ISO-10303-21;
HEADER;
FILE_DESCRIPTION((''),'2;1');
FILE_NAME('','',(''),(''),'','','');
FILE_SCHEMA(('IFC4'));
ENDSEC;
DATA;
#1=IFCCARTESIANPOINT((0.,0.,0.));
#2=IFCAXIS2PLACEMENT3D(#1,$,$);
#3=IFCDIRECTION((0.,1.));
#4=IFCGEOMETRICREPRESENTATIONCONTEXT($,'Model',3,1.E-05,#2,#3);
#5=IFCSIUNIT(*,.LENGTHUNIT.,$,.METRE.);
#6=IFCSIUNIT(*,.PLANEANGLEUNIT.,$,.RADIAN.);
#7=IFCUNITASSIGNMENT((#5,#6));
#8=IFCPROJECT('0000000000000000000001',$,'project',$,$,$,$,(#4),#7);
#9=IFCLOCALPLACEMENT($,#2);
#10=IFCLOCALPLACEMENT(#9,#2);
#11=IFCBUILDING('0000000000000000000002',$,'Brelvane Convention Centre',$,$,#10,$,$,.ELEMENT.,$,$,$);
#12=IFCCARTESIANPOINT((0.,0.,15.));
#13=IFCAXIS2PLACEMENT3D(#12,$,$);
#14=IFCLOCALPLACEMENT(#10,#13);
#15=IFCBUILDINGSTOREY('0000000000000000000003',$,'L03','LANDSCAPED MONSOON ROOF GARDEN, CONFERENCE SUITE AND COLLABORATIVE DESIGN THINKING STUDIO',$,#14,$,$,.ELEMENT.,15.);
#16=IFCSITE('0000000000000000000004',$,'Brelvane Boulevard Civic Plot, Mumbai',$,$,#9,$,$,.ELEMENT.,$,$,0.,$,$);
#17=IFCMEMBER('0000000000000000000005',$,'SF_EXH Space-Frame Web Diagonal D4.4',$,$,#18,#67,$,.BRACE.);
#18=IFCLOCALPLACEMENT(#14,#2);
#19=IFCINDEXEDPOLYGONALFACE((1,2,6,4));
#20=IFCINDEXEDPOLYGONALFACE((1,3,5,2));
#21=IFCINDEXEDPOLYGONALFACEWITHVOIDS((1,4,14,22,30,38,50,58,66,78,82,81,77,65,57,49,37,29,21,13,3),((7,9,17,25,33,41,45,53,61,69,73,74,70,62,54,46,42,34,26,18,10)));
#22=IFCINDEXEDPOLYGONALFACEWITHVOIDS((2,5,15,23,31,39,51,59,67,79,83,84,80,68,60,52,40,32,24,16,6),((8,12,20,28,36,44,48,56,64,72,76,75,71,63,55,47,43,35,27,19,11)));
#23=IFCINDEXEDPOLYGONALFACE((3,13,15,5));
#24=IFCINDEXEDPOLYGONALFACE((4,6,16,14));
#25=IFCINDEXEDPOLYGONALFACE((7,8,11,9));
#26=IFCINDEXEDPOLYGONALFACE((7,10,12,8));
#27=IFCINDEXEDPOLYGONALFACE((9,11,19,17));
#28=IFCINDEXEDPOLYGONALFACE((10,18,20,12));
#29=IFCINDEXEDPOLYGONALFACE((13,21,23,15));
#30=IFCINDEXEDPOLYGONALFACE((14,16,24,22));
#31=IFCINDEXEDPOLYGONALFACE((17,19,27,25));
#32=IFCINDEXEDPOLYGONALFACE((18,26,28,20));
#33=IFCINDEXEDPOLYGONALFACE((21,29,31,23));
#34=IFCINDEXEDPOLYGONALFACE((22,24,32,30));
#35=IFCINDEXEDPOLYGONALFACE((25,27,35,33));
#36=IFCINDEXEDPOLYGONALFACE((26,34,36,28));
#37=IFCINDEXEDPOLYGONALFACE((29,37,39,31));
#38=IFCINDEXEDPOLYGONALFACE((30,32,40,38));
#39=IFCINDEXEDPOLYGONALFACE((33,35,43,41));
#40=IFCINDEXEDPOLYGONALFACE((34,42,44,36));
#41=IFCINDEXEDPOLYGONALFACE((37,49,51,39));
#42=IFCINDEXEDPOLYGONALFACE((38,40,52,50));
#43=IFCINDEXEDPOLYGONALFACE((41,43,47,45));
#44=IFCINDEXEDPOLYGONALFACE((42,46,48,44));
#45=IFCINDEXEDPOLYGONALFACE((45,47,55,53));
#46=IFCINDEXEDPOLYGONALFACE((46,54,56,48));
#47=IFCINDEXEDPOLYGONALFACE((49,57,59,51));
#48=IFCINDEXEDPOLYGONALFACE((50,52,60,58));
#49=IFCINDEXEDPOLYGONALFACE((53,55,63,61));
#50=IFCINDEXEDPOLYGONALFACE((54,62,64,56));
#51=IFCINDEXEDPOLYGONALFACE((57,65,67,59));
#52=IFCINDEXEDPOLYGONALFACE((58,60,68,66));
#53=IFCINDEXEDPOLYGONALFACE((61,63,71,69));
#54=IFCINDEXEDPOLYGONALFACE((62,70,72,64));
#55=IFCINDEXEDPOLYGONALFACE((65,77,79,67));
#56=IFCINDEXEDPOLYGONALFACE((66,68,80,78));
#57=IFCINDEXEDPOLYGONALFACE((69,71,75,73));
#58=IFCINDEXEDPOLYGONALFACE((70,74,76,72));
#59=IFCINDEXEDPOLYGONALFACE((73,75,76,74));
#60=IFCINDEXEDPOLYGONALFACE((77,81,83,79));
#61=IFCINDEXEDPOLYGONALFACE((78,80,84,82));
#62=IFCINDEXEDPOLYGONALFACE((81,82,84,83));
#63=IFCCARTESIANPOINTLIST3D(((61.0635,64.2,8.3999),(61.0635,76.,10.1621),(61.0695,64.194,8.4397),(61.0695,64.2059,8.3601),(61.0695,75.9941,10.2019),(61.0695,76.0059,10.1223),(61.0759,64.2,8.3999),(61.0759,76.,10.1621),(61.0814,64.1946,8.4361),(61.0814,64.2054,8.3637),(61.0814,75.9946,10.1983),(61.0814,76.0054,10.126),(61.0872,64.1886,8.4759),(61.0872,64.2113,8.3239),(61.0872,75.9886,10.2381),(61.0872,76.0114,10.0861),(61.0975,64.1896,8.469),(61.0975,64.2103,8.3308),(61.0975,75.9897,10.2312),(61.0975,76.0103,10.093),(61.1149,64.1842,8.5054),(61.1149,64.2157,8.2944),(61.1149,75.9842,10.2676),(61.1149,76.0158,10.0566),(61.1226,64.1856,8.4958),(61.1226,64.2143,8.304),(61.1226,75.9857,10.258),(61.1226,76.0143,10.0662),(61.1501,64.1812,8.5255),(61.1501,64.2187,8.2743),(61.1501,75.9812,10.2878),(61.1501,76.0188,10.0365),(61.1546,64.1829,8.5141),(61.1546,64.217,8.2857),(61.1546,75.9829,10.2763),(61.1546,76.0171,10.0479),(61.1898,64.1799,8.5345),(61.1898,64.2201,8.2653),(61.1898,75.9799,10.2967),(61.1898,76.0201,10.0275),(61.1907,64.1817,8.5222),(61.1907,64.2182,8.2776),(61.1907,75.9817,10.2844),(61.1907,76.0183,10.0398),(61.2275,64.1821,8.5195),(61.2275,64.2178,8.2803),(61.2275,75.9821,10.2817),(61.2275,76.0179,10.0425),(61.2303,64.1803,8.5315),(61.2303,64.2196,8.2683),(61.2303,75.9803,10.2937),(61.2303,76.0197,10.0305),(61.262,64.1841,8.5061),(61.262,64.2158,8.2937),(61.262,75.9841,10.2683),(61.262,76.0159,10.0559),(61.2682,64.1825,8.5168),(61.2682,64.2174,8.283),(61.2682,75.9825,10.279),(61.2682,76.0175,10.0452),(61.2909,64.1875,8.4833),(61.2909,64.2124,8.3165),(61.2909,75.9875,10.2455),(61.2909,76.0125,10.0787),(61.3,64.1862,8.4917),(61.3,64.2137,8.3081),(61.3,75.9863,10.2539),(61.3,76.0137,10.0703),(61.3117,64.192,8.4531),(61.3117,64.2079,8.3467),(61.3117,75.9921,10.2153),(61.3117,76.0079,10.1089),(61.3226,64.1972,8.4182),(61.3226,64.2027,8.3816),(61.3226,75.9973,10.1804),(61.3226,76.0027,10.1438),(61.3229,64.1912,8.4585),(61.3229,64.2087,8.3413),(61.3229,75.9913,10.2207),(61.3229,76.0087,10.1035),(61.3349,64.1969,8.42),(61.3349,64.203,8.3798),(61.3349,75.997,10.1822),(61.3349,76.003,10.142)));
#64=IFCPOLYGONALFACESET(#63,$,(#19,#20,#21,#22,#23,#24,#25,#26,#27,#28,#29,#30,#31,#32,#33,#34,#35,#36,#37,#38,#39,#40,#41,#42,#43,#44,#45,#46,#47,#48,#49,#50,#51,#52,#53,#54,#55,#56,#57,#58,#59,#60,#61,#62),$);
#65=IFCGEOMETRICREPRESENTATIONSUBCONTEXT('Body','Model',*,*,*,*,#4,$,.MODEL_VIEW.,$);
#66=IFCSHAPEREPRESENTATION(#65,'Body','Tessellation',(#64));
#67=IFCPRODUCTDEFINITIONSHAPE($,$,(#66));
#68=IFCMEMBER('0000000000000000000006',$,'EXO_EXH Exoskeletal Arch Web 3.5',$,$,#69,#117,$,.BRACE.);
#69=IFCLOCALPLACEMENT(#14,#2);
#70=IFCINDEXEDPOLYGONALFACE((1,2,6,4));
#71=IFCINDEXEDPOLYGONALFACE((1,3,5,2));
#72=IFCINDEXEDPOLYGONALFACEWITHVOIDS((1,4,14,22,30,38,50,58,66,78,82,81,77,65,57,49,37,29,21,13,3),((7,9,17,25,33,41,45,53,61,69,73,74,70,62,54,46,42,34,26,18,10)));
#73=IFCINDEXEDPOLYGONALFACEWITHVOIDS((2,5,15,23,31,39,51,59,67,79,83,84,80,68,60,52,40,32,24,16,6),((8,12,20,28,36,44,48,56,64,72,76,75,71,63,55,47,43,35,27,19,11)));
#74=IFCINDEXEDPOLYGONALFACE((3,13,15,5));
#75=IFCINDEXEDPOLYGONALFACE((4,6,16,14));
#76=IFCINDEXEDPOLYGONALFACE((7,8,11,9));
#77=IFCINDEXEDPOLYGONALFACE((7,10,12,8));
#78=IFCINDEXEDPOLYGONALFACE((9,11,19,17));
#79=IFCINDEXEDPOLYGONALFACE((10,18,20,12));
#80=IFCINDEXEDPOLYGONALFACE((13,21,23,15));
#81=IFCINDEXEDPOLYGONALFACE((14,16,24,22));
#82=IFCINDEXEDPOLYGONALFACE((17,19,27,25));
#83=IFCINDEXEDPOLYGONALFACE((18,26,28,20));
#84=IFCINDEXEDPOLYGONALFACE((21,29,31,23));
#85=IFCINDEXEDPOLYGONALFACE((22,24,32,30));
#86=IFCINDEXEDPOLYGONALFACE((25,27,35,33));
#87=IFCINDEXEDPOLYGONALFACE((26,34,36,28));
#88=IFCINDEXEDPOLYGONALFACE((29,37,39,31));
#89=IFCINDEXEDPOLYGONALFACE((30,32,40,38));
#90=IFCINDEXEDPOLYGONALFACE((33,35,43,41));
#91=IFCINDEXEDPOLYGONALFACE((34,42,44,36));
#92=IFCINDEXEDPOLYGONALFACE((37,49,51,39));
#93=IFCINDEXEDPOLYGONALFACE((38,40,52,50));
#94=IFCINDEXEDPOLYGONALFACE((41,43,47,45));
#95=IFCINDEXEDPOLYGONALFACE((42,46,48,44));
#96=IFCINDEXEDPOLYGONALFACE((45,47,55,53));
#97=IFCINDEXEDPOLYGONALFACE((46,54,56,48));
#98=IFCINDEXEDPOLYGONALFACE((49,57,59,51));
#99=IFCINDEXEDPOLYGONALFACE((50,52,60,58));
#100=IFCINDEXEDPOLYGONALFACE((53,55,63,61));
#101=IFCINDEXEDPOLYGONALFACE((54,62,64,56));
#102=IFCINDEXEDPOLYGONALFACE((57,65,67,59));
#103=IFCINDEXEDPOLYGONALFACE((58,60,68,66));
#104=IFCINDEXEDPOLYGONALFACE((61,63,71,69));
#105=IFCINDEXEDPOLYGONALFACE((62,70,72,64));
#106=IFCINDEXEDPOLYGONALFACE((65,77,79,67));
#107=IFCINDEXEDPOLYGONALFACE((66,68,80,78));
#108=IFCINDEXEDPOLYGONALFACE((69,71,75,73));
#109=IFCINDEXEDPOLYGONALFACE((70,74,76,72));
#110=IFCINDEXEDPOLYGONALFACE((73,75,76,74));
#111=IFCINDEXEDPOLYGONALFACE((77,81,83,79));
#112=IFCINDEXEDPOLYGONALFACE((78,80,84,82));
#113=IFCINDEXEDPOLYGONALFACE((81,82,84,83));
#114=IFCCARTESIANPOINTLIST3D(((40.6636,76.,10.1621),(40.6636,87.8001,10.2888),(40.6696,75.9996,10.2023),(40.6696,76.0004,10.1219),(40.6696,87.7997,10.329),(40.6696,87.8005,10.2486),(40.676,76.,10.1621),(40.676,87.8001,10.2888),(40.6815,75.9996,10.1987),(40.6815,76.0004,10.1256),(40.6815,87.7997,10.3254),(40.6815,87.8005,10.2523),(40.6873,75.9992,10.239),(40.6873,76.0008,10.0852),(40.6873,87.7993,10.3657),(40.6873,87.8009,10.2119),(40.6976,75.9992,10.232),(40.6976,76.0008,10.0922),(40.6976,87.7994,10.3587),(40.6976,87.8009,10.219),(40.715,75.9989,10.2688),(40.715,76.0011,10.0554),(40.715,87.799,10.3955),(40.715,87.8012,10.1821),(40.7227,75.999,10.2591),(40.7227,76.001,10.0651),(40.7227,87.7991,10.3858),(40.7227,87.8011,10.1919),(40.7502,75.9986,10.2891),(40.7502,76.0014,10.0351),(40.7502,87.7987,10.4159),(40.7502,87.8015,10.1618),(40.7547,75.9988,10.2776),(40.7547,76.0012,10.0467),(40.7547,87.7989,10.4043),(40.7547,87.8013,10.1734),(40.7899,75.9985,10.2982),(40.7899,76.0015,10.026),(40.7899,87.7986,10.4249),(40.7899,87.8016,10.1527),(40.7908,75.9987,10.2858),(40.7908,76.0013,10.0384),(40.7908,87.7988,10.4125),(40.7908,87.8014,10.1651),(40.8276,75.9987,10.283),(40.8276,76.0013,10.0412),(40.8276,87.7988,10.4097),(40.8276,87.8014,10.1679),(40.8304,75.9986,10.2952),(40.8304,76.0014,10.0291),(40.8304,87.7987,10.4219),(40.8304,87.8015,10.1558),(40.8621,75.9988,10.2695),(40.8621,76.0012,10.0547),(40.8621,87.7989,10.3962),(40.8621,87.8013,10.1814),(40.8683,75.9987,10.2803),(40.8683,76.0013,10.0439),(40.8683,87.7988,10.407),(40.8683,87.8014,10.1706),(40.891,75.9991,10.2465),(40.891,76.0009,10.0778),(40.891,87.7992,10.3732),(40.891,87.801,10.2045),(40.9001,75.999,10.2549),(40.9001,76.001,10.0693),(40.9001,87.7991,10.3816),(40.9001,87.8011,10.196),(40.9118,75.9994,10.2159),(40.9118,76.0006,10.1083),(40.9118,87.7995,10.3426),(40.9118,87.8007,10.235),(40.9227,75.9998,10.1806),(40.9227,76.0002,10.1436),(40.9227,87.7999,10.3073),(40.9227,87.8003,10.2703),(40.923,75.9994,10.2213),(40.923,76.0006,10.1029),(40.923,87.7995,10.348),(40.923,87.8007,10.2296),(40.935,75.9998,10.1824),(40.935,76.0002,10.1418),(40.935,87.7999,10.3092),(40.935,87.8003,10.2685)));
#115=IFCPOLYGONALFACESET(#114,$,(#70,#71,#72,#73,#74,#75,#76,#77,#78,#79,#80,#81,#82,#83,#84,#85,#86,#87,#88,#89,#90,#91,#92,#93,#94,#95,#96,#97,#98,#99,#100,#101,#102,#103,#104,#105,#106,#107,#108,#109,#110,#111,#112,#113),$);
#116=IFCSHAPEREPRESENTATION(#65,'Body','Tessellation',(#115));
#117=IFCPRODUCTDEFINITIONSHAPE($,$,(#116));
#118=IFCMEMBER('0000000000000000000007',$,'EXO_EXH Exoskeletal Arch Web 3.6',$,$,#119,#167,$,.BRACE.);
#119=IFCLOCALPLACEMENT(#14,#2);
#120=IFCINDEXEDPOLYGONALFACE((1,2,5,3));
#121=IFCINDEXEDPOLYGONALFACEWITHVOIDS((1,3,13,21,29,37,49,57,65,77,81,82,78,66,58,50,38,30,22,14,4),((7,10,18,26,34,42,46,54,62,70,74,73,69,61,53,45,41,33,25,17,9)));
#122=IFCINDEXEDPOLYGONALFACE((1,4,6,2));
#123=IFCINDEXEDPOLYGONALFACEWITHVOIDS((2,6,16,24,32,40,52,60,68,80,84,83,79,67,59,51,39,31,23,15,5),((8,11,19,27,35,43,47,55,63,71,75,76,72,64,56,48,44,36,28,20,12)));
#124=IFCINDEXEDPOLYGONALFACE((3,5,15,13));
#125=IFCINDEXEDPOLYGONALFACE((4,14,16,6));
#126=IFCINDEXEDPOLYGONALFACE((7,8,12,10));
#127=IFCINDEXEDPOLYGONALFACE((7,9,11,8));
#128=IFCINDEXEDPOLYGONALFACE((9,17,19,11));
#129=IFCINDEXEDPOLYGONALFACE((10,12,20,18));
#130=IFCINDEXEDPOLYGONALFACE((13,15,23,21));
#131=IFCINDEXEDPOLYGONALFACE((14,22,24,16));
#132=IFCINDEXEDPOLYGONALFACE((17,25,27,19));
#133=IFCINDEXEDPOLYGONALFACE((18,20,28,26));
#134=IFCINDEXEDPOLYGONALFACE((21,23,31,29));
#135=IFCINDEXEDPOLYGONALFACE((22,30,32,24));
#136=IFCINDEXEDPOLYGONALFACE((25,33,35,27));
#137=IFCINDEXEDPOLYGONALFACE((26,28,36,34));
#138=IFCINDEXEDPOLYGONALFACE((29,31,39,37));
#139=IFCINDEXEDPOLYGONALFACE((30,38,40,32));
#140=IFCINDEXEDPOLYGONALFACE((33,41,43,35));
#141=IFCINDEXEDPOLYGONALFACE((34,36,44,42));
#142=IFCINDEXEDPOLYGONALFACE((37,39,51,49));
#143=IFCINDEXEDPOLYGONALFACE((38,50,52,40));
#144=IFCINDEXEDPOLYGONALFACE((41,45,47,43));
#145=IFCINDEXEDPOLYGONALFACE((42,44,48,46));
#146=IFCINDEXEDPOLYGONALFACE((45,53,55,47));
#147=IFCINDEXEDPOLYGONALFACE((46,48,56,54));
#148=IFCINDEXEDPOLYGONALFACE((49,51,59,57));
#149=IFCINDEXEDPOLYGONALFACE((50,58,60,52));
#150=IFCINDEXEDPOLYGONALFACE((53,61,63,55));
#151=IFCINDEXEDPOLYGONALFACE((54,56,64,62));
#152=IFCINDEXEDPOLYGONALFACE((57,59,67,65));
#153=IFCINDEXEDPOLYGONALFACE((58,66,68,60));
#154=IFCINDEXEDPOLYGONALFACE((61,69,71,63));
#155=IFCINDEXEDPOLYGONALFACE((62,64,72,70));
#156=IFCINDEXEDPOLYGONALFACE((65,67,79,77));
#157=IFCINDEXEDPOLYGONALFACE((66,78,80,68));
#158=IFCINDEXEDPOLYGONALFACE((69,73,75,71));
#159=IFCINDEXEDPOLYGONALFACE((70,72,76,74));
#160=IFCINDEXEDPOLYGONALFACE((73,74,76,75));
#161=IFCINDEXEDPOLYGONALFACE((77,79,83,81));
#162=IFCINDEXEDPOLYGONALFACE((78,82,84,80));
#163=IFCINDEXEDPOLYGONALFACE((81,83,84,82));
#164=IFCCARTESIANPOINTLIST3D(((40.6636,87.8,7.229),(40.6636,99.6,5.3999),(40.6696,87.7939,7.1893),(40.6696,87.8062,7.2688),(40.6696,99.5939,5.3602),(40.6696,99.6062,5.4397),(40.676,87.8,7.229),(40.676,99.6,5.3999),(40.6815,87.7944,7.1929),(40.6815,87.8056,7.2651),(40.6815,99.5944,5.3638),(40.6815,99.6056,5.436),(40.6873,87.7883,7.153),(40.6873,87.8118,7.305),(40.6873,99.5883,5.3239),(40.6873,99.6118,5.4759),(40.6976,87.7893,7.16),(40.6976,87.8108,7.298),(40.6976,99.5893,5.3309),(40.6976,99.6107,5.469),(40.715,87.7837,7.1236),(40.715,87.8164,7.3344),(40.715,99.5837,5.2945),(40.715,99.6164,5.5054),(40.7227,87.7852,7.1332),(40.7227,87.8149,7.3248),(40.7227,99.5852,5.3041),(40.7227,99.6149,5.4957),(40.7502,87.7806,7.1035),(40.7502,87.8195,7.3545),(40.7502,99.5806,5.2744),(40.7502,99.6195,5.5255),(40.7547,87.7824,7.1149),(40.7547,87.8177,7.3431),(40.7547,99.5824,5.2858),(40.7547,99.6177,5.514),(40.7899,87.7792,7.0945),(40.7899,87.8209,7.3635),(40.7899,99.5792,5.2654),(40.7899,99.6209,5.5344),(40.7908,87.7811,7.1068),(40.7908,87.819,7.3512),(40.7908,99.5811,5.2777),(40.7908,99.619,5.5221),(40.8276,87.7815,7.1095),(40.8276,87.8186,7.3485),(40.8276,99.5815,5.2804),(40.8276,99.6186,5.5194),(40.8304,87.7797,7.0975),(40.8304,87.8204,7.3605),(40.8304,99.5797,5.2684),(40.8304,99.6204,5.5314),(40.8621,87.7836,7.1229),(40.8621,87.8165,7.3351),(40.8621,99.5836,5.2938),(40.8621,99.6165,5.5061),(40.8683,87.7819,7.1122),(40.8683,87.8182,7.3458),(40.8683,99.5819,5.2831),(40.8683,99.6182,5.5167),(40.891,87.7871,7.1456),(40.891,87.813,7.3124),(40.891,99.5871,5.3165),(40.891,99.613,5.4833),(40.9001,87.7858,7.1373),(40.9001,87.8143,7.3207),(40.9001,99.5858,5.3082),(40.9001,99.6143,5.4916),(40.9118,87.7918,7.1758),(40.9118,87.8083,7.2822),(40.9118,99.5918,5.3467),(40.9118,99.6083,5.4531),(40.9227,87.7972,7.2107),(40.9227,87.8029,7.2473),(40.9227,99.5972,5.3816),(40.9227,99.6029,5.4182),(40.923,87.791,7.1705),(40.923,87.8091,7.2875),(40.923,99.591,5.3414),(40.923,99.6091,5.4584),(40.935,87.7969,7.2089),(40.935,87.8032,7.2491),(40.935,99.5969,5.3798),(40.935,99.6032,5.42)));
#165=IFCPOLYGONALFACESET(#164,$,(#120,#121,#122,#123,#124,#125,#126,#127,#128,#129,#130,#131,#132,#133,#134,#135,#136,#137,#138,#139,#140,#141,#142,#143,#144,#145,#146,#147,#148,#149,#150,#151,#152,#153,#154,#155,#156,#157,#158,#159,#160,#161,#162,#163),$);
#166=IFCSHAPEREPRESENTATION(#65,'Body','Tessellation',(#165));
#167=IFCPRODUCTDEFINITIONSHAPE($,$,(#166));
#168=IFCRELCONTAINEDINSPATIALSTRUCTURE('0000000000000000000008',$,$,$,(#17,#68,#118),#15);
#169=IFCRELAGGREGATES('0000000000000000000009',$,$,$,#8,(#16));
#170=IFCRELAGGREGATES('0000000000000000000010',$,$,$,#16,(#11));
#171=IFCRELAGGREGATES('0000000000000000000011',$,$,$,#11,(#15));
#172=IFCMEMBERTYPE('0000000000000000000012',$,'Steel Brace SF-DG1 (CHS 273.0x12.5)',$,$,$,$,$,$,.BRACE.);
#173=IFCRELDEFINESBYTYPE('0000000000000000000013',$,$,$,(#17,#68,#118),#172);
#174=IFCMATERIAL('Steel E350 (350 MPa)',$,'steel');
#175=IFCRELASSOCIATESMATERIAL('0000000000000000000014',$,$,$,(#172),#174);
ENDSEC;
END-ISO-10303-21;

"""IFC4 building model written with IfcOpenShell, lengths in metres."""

from ifc_helpers import new_model, si_unit, direction, frame, origin, origin_2d, place, context, subcontext, project, spatial, hollow_circle, extrude, material, material_profile, profile_set, type_object, element, save


model = new_model("IFC4")

# Units and contexts
model_context = context("Model", 3, precision=1e-05, world=origin(), true_north=direction((0.0, 1.0)))
body_context = subcontext(model_context, "Body", "Model", "MODEL_VIEW")
ifc_project = project(units=[si_unit("LENGTHUNIT", "METRE"), si_unit("PLANEANGLEUNIT", "RADIAN")], contexts=[model_context])

# Site, building, storey
site_placement = place(None, origin())
site = spatial("IfcSite", under=ifc_project, at=site_placement, Name="Brelvane Boulevard Civic Plot, Mumbai", CompositionType="ELEMENT", RefElevation=0.0)
building_placement = place(site_placement, origin())
building = spatial("IfcBuilding", under=site, at=building_placement, Name="Brelvane Convention Centre", CompositionType="ELEMENT")
storey_placement = place(building_placement, frame((0.0, 0.0, 15.0)))
storey = spatial("IfcBuildingStorey", under=building, at=storey_placement, Name="L03", Description="LANDSCAPED MONSOON ROOF GARDEN, CONFERENCE SUITE AND COLLABORATIVE DESIGN THINKING STUDIO", CompositionType="ELEMENT", Elevation=15.0)

# Members
ifc_material_1 = material(Name="Steel E350 (350 MPa)", Category="steel")
ifc_material_profile_1 = material_profile(ifc_material_1, hollow_circle(Radius=0.1365, WallThickness=0.0125, at=origin_2d()), Name="CHS 273.0x12.5")
ifc_profile_set_1 = profile_set([ifc_material_profile_1], Name="Steel E350 (350 MPa)")
member_type_1 = type_object("IfcMemberType", Name="Steel Brace SF-DG1 (CHS 273.0x12.5)", PredefinedType="BRACE", material=ifc_profile_set_1)
member_1_placement = place(storey_placement, frame((61.2, 64.2, 8.3999), z_axis=(0.0, 0.989032, 0.147701), x_axis=(-1.0, 0.0, 0.0)))
element("IfcMember", 1, at=member_1_placement, inside=storey, type_object=member_type_1, Name="SF_EXH Space-Frame Web Diagonal D4.4", PredefinedType="BRACE", context=body_context, shape_type="SweptSolid", body=[
    extrude(hollow_circle(Radius=0.1365, WallThickness=0.0125, at=origin_2d()), origin(), (0.0, 0.0, 1.0), 11.9309),
])
member_2_placement = place(storey_placement, frame((40.8, 76.0, 10.1621), z_axis=(0.0, 0.999942, 0.010737), x_axis=(-1.0, 0.0, 0.0)))
element("IfcMember", 2, at=member_2_placement, inside=storey, type_object=member_type_1, Name="EXO_EXH Exoskeletal Arch Web 3.5", PredefinedType="BRACE", context=body_context, shape_type="SweptSolid", body=[
    extrude(hollow_circle(Radius=0.1365, WallThickness=0.0125, at=origin_2d()), origin(), (0.0, 0.0, 1.0), 11.8008),
])
member_3_placement = place(storey_placement, frame((40.8, 87.8, 7.229), z_axis=(0.0, 0.988199, -0.153179), x_axis=(-1.0, 0.0, 0.0)))
element("IfcMember", 3, at=member_3_placement, inside=storey, type_object=member_type_1, Name="EXO_EXH Exoskeletal Arch Web 3.6", PredefinedType="BRACE", context=body_context, shape_type="SweptSolid", body=[
    extrude(hollow_circle(Radius=0.1365, WallThickness=0.0125, at=origin_2d()), origin(), (0.0, 0.0, 1.0), 11.9409),
])

save(model, "model.ifc")
